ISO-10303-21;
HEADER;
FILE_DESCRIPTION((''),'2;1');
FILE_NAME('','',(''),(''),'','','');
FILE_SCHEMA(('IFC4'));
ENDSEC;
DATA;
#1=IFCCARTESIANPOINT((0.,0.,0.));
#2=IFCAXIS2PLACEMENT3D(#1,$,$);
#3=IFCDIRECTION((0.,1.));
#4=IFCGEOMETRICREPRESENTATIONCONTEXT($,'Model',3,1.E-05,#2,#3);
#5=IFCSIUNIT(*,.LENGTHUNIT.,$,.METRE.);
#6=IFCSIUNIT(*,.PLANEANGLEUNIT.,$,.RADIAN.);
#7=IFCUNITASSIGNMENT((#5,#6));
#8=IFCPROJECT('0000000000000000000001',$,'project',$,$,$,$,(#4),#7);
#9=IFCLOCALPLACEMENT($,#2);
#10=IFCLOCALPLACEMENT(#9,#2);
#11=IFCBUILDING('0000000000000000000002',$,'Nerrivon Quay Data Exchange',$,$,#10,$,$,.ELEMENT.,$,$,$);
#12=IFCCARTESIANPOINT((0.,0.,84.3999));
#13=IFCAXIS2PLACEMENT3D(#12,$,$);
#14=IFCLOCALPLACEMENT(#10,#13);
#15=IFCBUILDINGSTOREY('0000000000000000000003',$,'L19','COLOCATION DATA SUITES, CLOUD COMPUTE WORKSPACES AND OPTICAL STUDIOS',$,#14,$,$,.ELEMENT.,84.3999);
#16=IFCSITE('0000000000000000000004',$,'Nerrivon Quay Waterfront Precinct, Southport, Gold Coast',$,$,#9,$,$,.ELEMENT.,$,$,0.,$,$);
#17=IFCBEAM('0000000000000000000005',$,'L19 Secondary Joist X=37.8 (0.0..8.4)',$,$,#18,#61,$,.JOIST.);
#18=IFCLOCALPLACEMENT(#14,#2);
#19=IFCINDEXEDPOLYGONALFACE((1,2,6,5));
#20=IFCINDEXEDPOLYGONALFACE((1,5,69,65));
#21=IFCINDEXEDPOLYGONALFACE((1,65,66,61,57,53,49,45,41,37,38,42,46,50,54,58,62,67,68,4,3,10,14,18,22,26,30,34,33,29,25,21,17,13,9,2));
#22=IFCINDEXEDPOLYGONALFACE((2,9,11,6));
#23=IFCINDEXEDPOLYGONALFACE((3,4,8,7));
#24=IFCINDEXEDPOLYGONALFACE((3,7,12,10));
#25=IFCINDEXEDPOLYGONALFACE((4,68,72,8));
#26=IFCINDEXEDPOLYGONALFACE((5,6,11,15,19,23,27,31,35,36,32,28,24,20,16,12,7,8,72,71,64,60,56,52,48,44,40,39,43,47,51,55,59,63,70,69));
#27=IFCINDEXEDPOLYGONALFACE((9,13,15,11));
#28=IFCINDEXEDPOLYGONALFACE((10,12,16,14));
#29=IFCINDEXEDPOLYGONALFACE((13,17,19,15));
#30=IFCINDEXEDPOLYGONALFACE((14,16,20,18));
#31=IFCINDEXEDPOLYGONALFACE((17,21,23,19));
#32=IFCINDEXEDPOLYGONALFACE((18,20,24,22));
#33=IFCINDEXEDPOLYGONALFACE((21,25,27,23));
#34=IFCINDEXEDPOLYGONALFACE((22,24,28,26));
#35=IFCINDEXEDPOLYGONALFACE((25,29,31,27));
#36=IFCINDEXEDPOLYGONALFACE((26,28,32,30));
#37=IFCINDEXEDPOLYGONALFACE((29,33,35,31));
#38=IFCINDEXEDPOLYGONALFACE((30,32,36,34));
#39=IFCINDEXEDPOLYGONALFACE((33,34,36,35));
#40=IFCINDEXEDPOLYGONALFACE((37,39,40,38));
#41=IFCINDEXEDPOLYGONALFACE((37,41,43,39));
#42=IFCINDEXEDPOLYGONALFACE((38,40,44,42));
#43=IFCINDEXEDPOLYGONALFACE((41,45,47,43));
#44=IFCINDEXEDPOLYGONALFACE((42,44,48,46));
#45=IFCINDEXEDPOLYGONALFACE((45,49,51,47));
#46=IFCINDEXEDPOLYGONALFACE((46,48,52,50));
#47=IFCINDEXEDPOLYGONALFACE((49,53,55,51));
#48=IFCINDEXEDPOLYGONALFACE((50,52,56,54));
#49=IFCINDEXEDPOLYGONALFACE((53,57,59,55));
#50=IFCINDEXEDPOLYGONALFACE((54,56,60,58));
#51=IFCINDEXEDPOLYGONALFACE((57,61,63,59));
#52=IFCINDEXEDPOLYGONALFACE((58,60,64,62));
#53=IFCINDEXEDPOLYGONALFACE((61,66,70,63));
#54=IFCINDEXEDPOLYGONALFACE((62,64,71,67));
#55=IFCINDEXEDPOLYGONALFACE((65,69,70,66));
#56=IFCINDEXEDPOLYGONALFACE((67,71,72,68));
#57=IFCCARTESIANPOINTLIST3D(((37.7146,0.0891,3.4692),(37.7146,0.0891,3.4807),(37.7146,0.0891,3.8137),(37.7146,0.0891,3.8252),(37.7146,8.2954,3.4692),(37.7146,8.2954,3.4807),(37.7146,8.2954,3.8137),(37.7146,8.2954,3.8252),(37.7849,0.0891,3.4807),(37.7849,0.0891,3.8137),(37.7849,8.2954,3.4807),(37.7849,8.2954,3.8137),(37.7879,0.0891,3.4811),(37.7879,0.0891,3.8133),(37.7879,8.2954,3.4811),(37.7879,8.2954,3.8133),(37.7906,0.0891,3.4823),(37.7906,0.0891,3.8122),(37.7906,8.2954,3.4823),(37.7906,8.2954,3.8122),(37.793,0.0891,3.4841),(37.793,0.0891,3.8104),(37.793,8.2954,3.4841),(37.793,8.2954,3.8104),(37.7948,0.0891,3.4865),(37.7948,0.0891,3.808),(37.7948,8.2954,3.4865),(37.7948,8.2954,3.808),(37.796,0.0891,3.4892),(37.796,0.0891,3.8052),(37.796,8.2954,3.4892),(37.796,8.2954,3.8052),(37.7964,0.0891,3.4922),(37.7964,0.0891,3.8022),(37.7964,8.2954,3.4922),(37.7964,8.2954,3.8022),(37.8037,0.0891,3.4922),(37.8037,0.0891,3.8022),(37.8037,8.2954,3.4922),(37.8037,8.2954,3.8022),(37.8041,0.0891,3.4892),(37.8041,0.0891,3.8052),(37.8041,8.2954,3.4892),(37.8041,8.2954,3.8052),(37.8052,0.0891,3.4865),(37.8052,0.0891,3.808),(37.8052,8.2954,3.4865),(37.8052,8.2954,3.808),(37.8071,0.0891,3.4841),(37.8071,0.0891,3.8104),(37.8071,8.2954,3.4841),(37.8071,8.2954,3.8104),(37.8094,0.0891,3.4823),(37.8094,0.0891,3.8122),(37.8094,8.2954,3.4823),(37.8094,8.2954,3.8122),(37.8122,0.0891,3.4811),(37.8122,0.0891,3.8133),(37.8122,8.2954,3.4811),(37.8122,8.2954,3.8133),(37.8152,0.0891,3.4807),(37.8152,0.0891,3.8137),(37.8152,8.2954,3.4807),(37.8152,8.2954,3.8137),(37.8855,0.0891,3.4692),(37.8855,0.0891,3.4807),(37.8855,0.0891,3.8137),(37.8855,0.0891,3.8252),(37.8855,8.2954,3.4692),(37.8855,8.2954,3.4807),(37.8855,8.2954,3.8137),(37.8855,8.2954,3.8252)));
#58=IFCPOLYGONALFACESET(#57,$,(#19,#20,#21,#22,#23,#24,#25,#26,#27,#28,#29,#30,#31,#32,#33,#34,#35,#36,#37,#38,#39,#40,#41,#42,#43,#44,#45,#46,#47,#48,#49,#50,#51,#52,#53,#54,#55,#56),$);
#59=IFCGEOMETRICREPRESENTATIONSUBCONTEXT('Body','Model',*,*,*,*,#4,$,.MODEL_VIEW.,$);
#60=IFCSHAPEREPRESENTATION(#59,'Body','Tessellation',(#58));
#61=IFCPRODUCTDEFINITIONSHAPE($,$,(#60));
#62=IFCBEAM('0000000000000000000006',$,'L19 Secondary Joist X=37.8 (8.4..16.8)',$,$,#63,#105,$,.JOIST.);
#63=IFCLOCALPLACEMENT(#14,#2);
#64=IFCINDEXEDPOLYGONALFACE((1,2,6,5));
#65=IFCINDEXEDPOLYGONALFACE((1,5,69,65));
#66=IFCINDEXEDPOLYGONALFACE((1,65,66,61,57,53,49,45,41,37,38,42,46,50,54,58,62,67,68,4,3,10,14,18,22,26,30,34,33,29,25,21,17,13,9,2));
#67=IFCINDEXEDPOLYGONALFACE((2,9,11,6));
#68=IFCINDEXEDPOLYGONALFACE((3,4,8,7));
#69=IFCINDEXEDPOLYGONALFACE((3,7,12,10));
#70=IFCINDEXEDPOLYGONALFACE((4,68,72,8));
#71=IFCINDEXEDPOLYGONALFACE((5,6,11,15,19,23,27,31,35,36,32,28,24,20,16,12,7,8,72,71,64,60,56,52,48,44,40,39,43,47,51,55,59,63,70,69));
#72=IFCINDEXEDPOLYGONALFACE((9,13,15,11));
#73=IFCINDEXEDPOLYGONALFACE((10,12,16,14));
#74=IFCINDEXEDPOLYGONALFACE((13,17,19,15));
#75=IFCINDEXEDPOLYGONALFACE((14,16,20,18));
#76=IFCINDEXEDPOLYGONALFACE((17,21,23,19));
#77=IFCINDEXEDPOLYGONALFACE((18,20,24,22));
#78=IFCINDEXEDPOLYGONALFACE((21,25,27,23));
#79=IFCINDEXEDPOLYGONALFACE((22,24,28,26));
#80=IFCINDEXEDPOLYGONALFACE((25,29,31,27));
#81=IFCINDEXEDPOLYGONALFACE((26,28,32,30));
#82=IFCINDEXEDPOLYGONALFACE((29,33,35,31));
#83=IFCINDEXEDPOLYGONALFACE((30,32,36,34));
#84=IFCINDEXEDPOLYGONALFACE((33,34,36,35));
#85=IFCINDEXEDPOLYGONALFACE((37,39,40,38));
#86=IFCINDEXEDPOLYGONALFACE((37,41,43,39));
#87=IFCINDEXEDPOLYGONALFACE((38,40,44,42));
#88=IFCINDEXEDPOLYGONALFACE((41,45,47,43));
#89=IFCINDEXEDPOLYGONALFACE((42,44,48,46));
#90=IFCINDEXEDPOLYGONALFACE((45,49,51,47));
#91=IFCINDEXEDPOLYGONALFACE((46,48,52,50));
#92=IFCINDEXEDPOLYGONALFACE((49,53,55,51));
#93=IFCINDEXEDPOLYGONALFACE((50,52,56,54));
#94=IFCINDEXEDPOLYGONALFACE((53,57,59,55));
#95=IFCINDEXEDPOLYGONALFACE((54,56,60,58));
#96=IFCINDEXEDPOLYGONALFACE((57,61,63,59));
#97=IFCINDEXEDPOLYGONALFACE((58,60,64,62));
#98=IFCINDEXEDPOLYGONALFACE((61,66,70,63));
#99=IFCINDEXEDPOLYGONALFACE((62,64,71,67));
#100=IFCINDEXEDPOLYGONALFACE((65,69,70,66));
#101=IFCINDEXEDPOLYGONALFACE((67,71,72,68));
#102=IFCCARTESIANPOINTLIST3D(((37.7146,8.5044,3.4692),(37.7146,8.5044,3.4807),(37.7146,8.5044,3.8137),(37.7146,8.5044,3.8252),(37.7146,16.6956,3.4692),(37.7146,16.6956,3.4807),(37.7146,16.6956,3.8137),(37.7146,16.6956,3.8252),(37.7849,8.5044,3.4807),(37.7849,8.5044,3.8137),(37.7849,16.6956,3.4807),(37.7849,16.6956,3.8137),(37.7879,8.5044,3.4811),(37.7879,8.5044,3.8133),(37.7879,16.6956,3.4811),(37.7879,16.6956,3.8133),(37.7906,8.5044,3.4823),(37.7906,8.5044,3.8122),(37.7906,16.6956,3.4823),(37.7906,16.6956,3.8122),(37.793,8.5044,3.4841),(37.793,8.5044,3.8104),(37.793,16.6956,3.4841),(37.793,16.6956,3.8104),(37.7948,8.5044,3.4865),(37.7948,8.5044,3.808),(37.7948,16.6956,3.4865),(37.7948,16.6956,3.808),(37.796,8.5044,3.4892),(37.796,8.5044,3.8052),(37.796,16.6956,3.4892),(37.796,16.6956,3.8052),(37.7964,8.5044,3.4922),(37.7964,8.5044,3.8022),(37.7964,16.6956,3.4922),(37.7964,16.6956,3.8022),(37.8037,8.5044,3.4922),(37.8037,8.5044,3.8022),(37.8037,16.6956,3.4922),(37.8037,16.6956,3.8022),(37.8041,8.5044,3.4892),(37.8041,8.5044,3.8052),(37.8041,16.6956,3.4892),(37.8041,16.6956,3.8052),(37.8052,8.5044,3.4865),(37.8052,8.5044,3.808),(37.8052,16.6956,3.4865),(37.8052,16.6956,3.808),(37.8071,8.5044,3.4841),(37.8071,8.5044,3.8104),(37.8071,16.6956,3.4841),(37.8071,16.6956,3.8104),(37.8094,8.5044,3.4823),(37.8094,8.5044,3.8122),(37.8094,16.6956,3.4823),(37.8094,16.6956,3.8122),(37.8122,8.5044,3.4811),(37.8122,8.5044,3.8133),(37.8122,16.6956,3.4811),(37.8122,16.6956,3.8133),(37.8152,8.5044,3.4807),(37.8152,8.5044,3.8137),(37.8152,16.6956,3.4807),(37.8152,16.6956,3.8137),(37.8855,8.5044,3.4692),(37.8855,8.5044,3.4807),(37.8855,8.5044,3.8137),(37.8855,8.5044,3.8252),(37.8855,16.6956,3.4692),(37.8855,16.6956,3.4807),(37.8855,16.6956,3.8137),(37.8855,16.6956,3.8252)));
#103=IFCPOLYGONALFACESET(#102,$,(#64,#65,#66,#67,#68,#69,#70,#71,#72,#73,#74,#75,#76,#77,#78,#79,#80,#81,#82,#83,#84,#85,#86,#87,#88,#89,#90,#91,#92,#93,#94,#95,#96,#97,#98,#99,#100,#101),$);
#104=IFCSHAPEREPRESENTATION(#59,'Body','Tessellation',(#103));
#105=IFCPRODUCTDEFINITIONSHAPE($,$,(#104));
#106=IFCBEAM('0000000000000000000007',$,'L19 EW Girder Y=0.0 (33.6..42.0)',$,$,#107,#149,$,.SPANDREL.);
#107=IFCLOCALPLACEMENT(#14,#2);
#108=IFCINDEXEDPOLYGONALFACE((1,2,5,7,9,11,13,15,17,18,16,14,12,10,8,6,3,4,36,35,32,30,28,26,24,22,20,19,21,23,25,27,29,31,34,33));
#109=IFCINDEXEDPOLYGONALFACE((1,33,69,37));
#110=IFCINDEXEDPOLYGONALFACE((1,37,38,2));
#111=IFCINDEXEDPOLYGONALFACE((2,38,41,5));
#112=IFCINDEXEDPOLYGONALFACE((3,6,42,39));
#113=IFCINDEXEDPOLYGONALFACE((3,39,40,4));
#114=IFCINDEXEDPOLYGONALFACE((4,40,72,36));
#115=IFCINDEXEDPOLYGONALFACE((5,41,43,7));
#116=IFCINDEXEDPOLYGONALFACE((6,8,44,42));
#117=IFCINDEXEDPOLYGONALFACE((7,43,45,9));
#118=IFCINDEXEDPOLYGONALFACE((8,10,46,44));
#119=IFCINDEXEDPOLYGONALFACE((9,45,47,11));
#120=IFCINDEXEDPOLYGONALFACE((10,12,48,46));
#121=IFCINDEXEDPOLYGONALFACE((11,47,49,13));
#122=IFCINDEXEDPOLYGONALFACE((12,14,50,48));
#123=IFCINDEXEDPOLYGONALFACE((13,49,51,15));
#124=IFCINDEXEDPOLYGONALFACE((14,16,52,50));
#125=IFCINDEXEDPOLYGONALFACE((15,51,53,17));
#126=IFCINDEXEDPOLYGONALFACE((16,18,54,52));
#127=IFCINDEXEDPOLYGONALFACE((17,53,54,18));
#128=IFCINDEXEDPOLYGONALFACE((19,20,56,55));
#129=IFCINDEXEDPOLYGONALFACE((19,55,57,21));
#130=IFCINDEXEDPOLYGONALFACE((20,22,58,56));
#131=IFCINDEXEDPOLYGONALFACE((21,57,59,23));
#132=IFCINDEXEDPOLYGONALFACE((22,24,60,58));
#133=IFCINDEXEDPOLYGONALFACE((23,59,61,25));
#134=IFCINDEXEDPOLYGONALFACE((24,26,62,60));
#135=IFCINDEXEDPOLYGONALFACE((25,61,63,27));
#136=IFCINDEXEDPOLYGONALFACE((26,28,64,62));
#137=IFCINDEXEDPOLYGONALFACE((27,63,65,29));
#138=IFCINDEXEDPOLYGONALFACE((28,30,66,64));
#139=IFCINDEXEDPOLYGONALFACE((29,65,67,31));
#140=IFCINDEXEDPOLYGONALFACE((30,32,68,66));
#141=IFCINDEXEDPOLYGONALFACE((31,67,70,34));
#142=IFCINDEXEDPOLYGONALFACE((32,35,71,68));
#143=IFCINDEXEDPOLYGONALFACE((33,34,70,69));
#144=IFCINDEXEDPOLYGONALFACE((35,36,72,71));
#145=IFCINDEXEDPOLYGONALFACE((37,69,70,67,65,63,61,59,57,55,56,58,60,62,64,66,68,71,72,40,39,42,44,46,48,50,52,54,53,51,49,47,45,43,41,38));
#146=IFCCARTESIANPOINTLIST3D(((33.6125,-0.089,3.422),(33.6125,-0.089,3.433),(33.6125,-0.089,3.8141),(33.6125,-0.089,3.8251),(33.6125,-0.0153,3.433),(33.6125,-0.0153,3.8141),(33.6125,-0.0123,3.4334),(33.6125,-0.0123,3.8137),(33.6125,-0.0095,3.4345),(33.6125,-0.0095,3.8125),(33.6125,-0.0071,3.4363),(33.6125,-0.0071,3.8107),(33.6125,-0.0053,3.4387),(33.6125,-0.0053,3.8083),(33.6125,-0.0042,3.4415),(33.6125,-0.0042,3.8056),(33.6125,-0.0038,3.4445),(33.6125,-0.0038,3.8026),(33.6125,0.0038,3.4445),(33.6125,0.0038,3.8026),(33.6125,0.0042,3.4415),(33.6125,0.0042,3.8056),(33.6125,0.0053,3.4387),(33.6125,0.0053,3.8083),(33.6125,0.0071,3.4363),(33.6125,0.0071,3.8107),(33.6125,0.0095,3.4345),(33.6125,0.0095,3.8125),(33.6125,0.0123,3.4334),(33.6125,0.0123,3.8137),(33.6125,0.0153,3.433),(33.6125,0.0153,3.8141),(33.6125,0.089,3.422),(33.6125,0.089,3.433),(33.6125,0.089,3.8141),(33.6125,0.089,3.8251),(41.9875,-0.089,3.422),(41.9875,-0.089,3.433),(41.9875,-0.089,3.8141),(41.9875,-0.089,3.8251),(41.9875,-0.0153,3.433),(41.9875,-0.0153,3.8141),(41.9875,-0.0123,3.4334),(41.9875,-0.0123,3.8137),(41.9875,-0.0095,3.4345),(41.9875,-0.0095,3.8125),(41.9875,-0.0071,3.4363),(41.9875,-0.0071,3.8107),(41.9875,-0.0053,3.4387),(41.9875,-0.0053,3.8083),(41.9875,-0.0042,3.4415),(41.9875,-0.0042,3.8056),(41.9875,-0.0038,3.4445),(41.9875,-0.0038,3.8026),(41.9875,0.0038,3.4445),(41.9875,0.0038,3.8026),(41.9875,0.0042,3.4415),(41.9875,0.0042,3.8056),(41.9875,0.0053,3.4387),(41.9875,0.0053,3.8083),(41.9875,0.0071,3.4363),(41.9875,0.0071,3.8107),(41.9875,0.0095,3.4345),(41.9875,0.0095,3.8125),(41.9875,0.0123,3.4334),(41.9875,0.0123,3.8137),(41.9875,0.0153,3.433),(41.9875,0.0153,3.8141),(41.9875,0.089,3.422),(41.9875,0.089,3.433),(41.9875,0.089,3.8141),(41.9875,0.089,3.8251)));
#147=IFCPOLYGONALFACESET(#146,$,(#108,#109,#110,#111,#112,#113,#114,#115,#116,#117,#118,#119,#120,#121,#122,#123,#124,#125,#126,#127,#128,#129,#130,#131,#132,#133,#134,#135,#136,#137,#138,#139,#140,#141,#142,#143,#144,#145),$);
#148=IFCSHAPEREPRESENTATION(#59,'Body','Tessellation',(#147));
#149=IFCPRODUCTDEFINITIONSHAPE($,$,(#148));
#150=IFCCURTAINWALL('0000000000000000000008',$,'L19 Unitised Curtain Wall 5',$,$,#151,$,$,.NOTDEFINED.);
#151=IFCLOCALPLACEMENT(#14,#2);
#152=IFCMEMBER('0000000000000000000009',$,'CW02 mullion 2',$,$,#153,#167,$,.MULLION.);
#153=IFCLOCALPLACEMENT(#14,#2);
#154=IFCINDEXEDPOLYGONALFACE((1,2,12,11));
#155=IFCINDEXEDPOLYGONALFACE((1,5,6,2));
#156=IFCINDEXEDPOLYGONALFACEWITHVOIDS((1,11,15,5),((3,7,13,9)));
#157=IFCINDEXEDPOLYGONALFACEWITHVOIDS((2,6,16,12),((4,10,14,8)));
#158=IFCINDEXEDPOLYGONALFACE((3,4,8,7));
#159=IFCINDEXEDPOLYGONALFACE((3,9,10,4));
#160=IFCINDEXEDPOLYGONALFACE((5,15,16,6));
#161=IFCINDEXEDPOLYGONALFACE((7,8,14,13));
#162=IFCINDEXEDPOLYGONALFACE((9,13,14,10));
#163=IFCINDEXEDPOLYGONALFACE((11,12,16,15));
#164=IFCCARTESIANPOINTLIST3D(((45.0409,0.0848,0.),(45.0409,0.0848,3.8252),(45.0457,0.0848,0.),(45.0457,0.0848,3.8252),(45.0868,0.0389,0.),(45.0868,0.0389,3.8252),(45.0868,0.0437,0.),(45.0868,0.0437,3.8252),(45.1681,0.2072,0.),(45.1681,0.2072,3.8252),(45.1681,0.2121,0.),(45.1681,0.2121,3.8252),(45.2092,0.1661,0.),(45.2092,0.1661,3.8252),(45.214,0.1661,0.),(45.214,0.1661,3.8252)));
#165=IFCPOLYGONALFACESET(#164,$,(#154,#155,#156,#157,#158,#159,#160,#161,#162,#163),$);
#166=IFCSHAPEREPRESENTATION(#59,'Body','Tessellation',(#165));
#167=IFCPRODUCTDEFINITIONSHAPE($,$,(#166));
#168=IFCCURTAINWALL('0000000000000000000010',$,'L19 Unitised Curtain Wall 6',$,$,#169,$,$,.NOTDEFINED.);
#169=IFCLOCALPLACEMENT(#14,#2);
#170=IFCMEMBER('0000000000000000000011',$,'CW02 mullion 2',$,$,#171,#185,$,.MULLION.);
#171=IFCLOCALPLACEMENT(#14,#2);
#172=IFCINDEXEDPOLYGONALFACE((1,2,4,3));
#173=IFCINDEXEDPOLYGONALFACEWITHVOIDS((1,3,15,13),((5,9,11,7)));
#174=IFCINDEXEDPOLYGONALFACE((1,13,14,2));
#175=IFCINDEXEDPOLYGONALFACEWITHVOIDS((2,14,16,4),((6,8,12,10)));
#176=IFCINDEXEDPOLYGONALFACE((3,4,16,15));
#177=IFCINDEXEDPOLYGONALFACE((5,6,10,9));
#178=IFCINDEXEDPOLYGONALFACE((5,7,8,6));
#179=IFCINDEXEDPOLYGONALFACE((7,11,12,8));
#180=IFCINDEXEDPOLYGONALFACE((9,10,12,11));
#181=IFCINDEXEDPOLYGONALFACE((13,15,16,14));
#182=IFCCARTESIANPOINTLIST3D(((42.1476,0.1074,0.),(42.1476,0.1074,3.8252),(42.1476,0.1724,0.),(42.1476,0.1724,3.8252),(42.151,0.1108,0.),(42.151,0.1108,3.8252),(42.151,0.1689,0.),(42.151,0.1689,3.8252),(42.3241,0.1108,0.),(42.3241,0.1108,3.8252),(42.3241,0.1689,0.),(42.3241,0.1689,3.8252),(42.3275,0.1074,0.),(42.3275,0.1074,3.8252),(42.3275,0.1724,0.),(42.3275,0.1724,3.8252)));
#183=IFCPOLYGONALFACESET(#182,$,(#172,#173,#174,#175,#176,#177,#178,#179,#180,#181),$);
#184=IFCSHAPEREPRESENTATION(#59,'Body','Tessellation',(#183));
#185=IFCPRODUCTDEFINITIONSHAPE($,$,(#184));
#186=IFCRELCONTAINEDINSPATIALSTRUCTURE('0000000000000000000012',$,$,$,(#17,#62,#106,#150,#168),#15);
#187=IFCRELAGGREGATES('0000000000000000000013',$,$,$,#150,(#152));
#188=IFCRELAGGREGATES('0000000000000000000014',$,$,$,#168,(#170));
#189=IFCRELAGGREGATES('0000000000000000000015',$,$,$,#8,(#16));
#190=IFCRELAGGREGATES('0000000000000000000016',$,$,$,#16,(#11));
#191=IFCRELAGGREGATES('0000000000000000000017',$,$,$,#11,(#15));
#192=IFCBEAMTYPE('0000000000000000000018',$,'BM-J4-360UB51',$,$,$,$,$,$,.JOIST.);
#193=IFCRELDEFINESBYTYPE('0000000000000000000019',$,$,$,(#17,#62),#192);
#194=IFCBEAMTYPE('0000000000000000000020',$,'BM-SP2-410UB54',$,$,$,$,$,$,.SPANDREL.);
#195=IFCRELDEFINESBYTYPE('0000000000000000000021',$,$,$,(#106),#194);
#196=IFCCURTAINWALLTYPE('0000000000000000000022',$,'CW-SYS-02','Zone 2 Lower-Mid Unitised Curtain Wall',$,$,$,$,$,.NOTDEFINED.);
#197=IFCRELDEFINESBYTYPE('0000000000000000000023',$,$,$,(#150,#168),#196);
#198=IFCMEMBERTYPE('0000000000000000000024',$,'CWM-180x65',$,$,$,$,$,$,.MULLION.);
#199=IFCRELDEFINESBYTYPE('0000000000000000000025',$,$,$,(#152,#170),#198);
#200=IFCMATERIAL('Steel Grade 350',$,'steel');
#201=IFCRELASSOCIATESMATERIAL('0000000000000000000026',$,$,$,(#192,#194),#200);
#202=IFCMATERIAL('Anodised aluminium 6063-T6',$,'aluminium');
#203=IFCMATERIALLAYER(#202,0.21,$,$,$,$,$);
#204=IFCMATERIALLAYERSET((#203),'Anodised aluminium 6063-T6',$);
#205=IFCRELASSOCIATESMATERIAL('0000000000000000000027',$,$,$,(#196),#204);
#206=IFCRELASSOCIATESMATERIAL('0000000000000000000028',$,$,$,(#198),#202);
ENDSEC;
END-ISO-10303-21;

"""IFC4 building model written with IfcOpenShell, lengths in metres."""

from ifc_helpers import new_model, si_unit, direction, frame, origin, origin_2d, place, context, subcontext, project, spatial, hollow_rectangle, i_section, extrude, material, layer, layer_set, material_profile, profile_set, type_object, element, aggregate, save


model = new_model("IFC4")

# Units and contexts
model_context = context("Model", 3, precision=1e-05, world=origin(), true_north=direction((0.0, 1.0)))
body_context = subcontext(model_context, "Body", "Model", "MODEL_VIEW")
ifc_project = project(units=[si_unit("LENGTHUNIT", "METRE"), si_unit("PLANEANGLEUNIT", "RADIAN")], contexts=[model_context])

# Site, building, storey
site_placement = place(None, origin())
site = spatial("IfcSite", under=ifc_project, at=site_placement, Name="Nerrivon Quay Waterfront Precinct, Southport, Gold Coast", CompositionType="ELEMENT", RefElevation=0.0)
building_placement = place(site_placement, origin())
building = spatial("IfcBuilding", under=site, at=building_placement, Name="Nerrivon Quay Data Exchange", CompositionType="ELEMENT")
storey_placement = place(building_placement, frame((0.0, 0.0, 84.3999)))
storey = spatial("IfcBuildingStorey", under=building, at=storey_placement, Name="L19", Description="COLOCATION DATA SUITES, CLOUD COMPUTE WORKSPACES AND OPTICAL STUDIOS", CompositionType="ELEMENT", Elevation=84.3999)

# Shared definitions
ifc_material_1 = material(Name="Steel Grade 350", Category="steel")

# Beams
ifc_material_profile_1 = material_profile(ifc_material_1, i_section(OverallWidth=0.1709, OverallDepth=0.356, WebThickness=0.0073, FlangeThickness=0.0115, FilletRadius=0.0115, at=origin_2d()), Name="360UB50.7")
ifc_profile_set_1 = profile_set([ifc_material_profile_1], Name="Steel Grade 350")
beam_type_1 = type_object("IfcBeamType", Name="BM-J4-360UB51", PredefinedType="JOIST", material=ifc_profile_set_1)
beam_1_placement = place(storey_placement, frame((37.8, 0.0891, 3.6472), z_axis=(0.0, 1.0, 0.0), x_axis=(-1.0, 0.0, 0.0)))
element("IfcBeam", 1, at=beam_1_placement, inside=storey, type_object=beam_type_1, Name="L19 Secondary Joist X=37.8 (0.0..8.4)", PredefinedType="JOIST", context=body_context, shape_type="SweptSolid", body=[
    extrude(i_section(OverallWidth=0.1709, OverallDepth=0.356, WebThickness=0.0073, FlangeThickness=0.0115, FilletRadius=0.0115, at=origin_2d()), origin(), (0.0, 0.0, 1.0), 8.2063),
])
beam_2_placement = place(storey_placement, frame((37.8, 8.5044, 3.6472), z_axis=(0.0, 1.0, 0.0), x_axis=(-1.0, 0.0, 0.0)))
element("IfcBeam", 2, at=beam_2_placement, inside=storey, type_object=beam_type_1, Name="L19 Secondary Joist X=37.8 (8.4..16.8)", PredefinedType="JOIST", context=body_context, shape_type="SweptSolid", body=[
    extrude(i_section(OverallWidth=0.1709, OverallDepth=0.356, WebThickness=0.0073, FlangeThickness=0.0115, FilletRadius=0.0115, at=origin_2d()), origin(), (0.0, 0.0, 1.0), 8.1912),
])
ifc_material_profile_2 = material_profile(ifc_material_1, i_section(OverallWidth=0.178, OverallDepth=0.4031, WebThickness=0.0076, FlangeThickness=0.011, FilletRadius=0.0115, at=origin_2d()), Name="410UB53.7")
ifc_profile_set_2 = profile_set([ifc_material_profile_2], Name="Steel Grade 350")
beam_type_2 = type_object("IfcBeamType", Name="BM-SP2-410UB54", PredefinedType="SPANDREL", material=ifc_profile_set_2)
beam_3_placement = place(storey_placement, frame((33.6125, 0.0, 3.6235), z_axis=(1.0, 0.0, 0.0), x_axis=(0.0, 1.0, 0.0)))
element("IfcBeam", 3, at=beam_3_placement, inside=storey, type_object=beam_type_2, Name="L19 EW Girder Y=0.0 (33.6..42.0)", PredefinedType="SPANDREL", context=body_context, shape_type="SweptSolid", body=[
    extrude(i_section(OverallWidth=0.178, OverallDepth=0.4031, WebThickness=0.0076, FlangeThickness=0.011, FilletRadius=0.0115, at=origin_2d()), origin(), (0.0, 0.0, 1.0), 8.375),
])

# Curtain walls, members
ifc_material_2 = material(Name="Anodised aluminium 6063-T6", Category="aluminium")
ifc_layer_1 = layer(ifc_material_2, 0.21)
ifc_layer_set_1 = layer_set([ifc_layer_1], Name="Anodised aluminium 6063-T6")
curtain_wall_type = type_object("IfcCurtainWallType", Name="CW-SYS-02", Description="Zone 2 Lower-Mid Unitised Curtain Wall", PredefinedType="NOTDEFINED", material=ifc_layer_set_1)
curtain_wall_1_placement = place(storey_placement, origin())
curtain_wall_1 = element("IfcCurtainWall", 4, at=curtain_wall_1_placement, inside=storey, type_object=curtain_wall_type, Name="L19 Unitised Curtain Wall 5", PredefinedType="NOTDEFINED")
ifc_material_profile_3 = material_profile(ifc_material_2, hollow_rectangle(XDim=0.0649, YDim=0.1799, WallThickness=0.0034, at=origin_2d()), Name="ALU-MULL-180x65")
ifc_profile_set_3 = profile_set([ifc_material_profile_3], Name="Anodised aluminium 6063-T6")
member_type_1 = type_object("IfcMemberType", Name="CWM-180x65", PredefinedType="MULLION", material=ifc_profile_set_3)
member_1_placement = place(storey_placement, frame((45.1274, 0.1255, 0.0), z_axis=(0.0, 0.0, 1.0), x_axis=(0.707107, -0.707107, 0.0)))
member_1 = element("IfcMember", 5, at=member_1_placement, type_object=member_type_1, Name="CW02 mullion 2", PredefinedType="MULLION", context=body_context, shape_type="SweptSolid", body=[
    extrude(hollow_rectangle(XDim=0.0649, YDim=0.1799, WallThickness=0.0034, at=origin_2d()), origin(), (0.0, 0.0, 1.0), 3.8252),
])
aggregate(curtain_wall_1, [member_1])
curtain_wall_2_placement = place(storey_placement, origin())
curtain_wall_2 = element("IfcCurtainWall", 6, at=curtain_wall_2_placement, inside=storey, type_object=curtain_wall_type, Name="L19 Unitised Curtain Wall 6", PredefinedType="NOTDEFINED")
member_2_placement = place(storey_placement, frame((42.2375, 0.1399, 0.0), z_axis=(0.0, 0.0, 1.0), x_axis=(0.0, -1.0, 0.0)))
member_2 = element("IfcMember", 7, at=member_2_placement, type_object=member_type_1, Name="CW02 mullion 2", PredefinedType="MULLION", context=body_context, shape_type="SweptSolid", body=[
    extrude(hollow_rectangle(XDim=0.0649, YDim=0.1799, WallThickness=0.0034, at=origin_2d()), origin(), (0.0, 0.0, 1.0), 3.8252),
])

aggregate(curtain_wall_2, [member_2])

save(model, "model.ifc")
